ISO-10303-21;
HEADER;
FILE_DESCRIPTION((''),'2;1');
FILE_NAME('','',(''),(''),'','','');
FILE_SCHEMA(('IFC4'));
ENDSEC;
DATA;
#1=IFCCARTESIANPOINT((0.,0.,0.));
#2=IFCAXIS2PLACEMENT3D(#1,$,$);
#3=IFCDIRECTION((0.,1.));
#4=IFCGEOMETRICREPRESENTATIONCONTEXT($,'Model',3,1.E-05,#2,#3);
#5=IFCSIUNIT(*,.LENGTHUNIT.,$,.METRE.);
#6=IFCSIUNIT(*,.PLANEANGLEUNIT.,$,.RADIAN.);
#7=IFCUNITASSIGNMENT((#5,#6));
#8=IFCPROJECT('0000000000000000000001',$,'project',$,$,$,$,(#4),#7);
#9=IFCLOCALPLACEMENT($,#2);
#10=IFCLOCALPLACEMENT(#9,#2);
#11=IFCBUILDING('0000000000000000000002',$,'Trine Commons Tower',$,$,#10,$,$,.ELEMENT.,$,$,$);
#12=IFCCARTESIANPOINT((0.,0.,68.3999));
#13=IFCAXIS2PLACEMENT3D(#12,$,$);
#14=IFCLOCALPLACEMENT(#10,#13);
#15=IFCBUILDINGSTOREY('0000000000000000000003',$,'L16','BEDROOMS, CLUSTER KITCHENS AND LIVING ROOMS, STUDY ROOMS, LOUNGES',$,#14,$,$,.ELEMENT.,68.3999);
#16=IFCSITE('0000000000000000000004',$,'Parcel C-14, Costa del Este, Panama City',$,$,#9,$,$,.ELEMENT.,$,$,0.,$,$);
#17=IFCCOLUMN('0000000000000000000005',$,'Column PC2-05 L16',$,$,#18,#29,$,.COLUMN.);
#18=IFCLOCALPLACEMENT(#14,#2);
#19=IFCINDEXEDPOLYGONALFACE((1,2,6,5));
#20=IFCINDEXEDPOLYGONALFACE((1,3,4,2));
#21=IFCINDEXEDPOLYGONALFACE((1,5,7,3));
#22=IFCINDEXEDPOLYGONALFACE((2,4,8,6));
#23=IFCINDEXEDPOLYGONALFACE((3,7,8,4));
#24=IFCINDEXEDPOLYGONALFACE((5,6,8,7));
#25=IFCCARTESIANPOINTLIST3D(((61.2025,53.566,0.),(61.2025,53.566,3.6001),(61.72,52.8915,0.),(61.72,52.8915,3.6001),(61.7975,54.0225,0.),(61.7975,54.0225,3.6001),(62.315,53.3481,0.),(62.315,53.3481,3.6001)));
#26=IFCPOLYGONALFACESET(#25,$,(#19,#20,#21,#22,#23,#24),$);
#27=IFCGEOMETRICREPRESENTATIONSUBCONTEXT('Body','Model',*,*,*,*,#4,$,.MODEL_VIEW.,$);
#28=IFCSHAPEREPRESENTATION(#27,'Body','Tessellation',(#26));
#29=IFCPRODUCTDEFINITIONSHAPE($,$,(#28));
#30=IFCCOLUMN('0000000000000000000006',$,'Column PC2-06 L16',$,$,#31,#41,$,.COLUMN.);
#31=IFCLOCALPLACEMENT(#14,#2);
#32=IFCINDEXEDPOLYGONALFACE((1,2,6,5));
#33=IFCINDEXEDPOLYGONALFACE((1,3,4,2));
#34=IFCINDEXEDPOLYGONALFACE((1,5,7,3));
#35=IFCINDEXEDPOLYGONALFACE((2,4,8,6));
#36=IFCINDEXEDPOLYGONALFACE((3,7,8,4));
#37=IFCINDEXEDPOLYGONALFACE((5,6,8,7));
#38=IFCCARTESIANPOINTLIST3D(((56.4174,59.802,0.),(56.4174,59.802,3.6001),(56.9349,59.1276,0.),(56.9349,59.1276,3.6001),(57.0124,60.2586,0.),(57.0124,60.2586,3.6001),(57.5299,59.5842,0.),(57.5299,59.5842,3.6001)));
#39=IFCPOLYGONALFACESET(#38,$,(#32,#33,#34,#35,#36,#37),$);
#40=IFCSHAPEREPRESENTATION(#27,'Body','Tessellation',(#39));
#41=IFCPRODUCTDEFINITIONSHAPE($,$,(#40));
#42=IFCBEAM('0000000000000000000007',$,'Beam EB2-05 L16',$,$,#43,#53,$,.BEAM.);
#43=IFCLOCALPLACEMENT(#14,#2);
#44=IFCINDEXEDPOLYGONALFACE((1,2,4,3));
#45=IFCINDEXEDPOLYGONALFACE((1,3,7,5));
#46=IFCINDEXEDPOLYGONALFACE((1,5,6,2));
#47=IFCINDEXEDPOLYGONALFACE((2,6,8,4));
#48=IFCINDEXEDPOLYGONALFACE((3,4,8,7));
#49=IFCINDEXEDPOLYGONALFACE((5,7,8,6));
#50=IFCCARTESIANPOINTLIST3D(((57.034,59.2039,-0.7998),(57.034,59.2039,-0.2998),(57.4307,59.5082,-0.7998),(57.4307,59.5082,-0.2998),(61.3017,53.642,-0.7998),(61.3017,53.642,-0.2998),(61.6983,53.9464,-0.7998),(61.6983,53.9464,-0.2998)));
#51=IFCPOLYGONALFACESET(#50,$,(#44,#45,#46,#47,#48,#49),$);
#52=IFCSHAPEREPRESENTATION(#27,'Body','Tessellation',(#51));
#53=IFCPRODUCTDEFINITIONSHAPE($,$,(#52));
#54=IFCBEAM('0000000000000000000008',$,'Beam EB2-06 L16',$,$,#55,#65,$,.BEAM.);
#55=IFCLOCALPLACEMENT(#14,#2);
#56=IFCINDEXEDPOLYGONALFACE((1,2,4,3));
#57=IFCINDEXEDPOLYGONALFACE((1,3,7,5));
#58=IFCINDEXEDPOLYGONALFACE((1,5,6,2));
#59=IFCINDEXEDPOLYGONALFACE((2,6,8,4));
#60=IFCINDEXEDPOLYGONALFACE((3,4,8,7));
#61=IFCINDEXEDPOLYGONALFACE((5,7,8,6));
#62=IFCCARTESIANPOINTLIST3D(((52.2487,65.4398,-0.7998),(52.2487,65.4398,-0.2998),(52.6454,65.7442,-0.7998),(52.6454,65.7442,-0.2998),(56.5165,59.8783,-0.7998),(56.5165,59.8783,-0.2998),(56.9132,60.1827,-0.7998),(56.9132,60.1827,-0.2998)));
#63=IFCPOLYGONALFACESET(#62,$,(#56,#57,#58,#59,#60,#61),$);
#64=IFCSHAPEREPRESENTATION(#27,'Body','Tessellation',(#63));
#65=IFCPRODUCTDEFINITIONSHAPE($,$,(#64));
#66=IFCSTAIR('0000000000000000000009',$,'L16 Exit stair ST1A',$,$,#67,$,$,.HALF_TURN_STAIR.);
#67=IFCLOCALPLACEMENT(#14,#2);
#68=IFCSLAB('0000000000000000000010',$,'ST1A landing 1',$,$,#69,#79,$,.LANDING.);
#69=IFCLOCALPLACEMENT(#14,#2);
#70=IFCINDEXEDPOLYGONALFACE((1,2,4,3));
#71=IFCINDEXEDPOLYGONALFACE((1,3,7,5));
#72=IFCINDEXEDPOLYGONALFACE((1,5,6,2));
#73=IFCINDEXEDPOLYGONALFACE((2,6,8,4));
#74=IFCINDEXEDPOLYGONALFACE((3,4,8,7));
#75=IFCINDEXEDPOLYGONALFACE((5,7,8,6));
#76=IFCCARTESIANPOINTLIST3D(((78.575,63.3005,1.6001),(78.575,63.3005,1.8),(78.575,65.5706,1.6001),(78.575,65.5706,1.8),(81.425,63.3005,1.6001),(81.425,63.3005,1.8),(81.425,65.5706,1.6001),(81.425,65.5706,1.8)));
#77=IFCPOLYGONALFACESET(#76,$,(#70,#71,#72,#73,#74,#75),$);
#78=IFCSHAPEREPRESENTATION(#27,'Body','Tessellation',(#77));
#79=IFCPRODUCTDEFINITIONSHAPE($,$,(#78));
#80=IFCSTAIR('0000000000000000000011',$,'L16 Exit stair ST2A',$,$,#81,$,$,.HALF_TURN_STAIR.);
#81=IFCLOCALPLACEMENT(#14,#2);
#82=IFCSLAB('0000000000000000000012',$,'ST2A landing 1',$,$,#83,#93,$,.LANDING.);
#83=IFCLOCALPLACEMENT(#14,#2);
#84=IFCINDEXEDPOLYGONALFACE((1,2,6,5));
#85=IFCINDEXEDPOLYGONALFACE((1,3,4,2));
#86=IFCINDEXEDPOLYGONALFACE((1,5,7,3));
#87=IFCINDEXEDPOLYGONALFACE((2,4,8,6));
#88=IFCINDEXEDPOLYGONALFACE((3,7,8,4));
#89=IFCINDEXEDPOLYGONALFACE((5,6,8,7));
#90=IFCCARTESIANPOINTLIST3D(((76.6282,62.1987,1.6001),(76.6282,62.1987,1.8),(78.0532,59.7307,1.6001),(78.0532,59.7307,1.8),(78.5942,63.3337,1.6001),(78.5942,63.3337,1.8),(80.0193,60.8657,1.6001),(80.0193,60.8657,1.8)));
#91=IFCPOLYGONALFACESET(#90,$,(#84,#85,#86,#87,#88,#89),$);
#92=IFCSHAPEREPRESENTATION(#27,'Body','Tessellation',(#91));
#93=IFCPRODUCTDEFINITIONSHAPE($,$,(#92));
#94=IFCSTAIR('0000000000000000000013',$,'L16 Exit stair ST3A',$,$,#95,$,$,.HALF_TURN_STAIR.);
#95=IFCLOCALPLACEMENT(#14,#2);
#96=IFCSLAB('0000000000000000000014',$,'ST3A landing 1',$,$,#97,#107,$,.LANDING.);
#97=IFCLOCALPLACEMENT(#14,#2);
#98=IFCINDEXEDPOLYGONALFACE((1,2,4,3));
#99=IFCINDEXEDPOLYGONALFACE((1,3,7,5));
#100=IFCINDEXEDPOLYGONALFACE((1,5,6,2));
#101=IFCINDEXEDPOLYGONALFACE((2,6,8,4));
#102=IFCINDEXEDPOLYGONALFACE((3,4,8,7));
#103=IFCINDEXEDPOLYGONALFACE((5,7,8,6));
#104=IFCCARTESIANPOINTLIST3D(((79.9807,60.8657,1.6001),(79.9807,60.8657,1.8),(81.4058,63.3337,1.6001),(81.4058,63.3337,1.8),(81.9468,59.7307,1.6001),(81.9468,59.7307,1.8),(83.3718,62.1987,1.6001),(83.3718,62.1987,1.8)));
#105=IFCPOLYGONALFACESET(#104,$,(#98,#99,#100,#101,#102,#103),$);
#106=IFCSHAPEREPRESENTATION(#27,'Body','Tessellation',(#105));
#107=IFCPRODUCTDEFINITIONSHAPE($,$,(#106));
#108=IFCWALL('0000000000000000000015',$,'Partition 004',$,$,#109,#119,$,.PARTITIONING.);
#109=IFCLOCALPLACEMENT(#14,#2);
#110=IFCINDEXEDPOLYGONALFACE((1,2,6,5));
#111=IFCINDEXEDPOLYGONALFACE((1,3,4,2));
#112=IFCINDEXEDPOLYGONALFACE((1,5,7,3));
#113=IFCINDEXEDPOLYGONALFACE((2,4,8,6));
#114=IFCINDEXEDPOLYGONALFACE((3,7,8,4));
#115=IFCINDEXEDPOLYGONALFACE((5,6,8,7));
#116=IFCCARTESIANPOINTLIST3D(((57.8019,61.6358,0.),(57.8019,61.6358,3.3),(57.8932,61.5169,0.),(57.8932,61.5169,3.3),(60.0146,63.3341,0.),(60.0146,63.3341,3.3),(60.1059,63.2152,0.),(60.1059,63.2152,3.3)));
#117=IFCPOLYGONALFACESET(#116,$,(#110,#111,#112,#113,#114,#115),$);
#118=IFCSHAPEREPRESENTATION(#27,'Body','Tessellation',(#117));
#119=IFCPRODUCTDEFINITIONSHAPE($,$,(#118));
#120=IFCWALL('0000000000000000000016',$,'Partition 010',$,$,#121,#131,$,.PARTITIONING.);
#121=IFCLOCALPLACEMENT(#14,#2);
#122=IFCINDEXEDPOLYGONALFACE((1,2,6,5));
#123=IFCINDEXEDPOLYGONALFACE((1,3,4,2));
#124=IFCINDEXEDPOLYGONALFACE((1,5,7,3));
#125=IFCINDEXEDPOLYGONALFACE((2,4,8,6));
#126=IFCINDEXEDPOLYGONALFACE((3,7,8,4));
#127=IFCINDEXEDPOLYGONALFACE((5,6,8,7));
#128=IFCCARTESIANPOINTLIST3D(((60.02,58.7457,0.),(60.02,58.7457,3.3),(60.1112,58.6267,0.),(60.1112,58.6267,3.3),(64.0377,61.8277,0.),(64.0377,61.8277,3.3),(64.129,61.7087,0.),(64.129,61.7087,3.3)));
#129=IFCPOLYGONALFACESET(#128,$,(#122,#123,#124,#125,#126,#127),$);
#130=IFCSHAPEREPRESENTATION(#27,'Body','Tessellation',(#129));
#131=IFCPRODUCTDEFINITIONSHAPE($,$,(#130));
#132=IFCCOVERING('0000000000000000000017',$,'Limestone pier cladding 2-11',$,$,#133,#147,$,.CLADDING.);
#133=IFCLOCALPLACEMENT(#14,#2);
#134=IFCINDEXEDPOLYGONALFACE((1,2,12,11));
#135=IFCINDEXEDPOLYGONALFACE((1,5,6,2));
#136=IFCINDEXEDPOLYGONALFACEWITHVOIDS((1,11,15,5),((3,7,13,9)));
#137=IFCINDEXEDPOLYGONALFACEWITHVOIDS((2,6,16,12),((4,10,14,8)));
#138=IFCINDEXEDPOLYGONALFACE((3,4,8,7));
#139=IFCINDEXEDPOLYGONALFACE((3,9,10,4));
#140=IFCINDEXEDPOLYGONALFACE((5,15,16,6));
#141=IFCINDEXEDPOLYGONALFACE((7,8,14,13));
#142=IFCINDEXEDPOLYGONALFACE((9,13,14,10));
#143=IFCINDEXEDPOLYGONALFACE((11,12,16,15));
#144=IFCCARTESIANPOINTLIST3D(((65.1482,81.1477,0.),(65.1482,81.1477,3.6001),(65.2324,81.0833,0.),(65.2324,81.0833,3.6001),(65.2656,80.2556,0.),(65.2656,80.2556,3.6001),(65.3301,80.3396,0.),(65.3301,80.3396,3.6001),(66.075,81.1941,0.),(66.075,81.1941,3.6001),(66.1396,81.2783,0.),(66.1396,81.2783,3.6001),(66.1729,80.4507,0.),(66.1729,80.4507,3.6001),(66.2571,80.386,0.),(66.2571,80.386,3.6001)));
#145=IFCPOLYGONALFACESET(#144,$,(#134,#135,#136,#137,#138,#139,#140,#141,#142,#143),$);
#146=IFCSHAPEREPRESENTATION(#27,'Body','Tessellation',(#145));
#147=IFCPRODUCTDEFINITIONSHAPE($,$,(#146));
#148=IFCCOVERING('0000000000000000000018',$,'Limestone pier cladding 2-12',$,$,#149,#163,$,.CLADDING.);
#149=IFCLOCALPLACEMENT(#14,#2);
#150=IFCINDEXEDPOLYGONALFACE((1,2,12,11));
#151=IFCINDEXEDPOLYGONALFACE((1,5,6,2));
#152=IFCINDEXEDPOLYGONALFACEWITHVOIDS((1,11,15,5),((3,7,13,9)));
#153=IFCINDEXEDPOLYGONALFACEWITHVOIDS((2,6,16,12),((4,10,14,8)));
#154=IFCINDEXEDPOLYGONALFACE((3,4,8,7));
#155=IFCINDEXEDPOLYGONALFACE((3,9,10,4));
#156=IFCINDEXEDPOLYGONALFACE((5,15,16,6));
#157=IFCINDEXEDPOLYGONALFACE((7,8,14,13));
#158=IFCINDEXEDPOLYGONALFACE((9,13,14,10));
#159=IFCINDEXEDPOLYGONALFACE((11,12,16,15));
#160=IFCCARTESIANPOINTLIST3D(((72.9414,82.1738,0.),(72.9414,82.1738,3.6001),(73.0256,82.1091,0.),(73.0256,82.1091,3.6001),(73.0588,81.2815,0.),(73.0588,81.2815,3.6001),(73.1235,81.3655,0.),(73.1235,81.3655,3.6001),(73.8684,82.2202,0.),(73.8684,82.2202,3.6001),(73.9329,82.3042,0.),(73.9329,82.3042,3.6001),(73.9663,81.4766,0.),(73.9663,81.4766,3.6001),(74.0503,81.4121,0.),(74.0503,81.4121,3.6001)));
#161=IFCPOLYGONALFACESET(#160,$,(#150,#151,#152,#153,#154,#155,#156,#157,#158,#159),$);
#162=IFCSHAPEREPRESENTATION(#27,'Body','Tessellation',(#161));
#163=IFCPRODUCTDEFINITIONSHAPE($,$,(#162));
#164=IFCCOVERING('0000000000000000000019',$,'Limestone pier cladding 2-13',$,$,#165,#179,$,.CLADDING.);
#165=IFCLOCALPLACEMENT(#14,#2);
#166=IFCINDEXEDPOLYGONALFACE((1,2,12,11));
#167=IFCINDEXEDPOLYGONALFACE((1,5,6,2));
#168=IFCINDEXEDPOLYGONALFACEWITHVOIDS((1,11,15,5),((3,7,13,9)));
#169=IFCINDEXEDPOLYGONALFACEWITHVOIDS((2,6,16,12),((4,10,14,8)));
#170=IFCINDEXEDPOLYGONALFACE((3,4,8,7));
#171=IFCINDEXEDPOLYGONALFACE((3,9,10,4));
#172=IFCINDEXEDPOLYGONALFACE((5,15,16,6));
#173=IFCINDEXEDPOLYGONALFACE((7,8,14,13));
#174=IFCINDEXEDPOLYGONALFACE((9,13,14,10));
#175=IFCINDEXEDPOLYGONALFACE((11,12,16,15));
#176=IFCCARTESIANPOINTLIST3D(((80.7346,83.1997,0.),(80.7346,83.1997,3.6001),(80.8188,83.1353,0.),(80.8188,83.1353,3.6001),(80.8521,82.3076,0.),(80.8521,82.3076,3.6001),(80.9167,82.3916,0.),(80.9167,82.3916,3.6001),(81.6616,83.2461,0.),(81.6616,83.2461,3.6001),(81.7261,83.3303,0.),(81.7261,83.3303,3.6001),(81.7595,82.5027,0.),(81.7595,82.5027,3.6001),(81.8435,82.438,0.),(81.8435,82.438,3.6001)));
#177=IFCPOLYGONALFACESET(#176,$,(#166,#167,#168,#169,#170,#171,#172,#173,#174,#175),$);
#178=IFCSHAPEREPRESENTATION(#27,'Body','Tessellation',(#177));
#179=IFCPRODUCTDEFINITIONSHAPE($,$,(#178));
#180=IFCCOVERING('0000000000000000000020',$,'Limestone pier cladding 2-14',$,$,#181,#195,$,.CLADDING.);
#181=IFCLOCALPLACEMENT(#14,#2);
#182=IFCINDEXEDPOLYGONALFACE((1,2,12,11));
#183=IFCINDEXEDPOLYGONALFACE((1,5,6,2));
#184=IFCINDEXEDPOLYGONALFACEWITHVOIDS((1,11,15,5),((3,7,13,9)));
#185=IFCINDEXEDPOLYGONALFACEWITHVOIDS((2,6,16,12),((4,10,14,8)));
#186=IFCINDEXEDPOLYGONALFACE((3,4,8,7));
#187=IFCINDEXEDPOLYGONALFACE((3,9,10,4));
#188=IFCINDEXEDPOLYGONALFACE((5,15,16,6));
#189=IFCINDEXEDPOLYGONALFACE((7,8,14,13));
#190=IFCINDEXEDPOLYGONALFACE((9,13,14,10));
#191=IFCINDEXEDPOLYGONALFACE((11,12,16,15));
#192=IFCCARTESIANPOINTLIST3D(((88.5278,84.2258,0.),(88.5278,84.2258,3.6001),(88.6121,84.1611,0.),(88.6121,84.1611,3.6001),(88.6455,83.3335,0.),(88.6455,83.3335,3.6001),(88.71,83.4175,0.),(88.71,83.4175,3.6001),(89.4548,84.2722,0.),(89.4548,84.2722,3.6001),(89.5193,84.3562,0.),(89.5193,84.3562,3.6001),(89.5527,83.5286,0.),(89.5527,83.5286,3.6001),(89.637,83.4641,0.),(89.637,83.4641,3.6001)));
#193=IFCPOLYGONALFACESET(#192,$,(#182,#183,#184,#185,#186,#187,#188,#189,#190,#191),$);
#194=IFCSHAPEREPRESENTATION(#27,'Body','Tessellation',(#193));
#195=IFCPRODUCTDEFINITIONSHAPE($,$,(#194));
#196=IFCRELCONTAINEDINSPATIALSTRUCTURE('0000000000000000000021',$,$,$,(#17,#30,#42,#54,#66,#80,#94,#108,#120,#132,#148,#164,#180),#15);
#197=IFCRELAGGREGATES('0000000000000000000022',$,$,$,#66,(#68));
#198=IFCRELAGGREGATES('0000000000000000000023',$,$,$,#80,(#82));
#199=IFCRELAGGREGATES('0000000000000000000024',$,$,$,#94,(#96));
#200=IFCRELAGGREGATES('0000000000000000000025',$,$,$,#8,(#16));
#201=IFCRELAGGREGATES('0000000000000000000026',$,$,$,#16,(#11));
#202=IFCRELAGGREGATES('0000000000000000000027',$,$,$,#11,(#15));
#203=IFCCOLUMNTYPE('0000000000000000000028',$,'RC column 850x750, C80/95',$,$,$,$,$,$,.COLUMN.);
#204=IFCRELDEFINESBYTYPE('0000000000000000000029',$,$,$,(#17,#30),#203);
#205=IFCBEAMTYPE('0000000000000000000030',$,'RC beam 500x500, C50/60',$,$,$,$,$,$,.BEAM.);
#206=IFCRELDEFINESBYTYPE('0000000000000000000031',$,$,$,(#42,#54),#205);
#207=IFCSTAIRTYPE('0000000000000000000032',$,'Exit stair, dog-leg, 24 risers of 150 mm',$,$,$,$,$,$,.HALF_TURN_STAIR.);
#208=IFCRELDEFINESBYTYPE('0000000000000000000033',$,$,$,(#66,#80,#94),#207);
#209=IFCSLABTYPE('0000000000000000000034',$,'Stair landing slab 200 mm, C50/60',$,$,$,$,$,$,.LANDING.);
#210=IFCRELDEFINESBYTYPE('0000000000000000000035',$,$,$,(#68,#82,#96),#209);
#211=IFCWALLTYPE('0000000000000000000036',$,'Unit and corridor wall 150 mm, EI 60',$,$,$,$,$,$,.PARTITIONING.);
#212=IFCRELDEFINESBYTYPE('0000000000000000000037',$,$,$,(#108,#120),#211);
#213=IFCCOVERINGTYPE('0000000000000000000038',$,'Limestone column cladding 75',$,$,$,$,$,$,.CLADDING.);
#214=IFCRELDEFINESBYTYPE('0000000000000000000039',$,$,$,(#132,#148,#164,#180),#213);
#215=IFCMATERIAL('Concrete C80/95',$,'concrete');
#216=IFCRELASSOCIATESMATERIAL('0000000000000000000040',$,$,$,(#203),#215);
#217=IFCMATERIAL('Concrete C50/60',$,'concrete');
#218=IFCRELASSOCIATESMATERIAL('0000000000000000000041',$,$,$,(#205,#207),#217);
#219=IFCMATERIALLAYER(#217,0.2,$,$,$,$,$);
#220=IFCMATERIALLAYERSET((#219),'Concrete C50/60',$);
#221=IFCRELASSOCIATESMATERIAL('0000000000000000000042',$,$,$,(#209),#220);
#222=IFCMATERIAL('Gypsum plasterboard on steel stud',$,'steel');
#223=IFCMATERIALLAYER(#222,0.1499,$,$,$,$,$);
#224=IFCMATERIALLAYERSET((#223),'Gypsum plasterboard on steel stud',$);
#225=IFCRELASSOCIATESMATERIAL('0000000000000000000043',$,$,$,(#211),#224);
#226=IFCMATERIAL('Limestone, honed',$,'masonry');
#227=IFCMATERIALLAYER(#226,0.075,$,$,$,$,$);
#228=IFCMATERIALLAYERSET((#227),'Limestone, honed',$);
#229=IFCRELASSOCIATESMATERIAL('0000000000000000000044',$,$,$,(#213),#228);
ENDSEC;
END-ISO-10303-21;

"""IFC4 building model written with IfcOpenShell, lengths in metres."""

from ifc_helpers import new_model, si_unit, direction, frame, frame_2d, origin, origin_2d, place, context, subcontext, project, spatial, polyline, rectangle, outline, extrude, material, layer, layer_set, material_profile, profile_set, type_object, element, aggregate, save


model = new_model("IFC4")

# Units and contexts
model_context = context("Model", 3, precision=1e-05, world=origin(), true_north=direction((0.0, 1.0)))
body_context = subcontext(model_context, "Body", "Model", "MODEL_VIEW")
ifc_project = project(units=[si_unit("LENGTHUNIT", "METRE"), si_unit("PLANEANGLEUNIT", "RADIAN")], contexts=[model_context])

# Site, building, storey
site_placement = place(None, origin())
site = spatial("IfcSite", under=ifc_project, at=site_placement, Name="Parcel C-14, Costa del Este, Panama City", CompositionType="ELEMENT", RefElevation=0.0)
building_placement = place(site_placement, origin())
building = spatial("IfcBuilding", under=site, at=building_placement, Name="Trine Commons Tower", CompositionType="ELEMENT")
storey_placement = place(building_placement, frame((0.0, 0.0, 68.3999)))
storey = spatial("IfcBuildingStorey", under=building, at=storey_placement, Name="L16", Description="BEDROOMS, CLUSTER KITCHENS AND LIVING ROOMS, STUDY ROOMS, LOUNGES", CompositionType="ELEMENT", Elevation=68.3999)

# Columns
ifc_material_1 = material(Name="Concrete C80/95", Category="concrete")
ifc_material_profile_1 = material_profile(ifc_material_1, rectangle(XDim=0.8501, YDim=0.75, at=origin_2d()), Name="RC 850x750")
ifc_profile_set_1 = profile_set([ifc_material_profile_1], Name="Concrete C80/95")
column_type = type_object("IfcColumnType", Name="RC column 850x750, C80/95", PredefinedType="COLUMN", material=ifc_profile_set_1)
for number, where, z_axis, x_axis, name in (
    (1, (61.7588, 53.457, 0.0), (0.0, 0.0, 1.0), (-0.608761, 0.793353, 0.0), "Column PC2-05 L16"),
    (2, (56.9736, 59.6931, 0.0), (0.0, 0.0, 1.0), (-0.608761, 0.793353, 0.0), "Column PC2-06 L16"),
):
    element("IfcColumn", number, at=place(storey_placement, frame(where, z_axis=z_axis, x_axis=x_axis)), inside=storey, type_object=column_type, Name=name, PredefinedType="COLUMN", context=body_context, shape_type="SweptSolid", body=[
        extrude(rectangle(XDim=0.8501, YDim=0.75, at=origin_2d()), origin(), (0.0, 0.0, 1.0), 3.6001),
    ])

# Beams
ifc_material_2 = material(Name="Concrete C50/60", Category="concrete")
ifc_material_profile_2 = material_profile(ifc_material_2, rectangle(XDim=0.5, YDim=0.5, at=origin_2d()), Name="RC 500x500")
ifc_profile_set_2 = profile_set([ifc_material_profile_2], Name="Concrete C50/60")
beam_type = type_object("IfcBeamType", Name="RC beam 500x500, C50/60", PredefinedType="BEAM", material=ifc_profile_set_2)
beam_1_placement = place(storey_placement, frame((61.5, 53.7942, -0.5498), z_axis=(-0.608751, 0.793361, 0.0), x_axis=(-0.793361, -0.608751, 0.0)))
element("IfcBeam", 3, at=beam_1_placement, inside=storey, type_object=beam_type, Name="Beam EB2-05 L16", PredefinedType="BEAM", context=body_context, shape_type="SweptSolid", body=[
    extrude(rectangle(XDim=0.5, YDim=0.5, at=origin_2d()), origin(), (0.0, 0.0, 1.0), 7.0105),
])
beam_2_placement = place(storey_placement, frame((56.7148, 60.0305, -0.5498), z_axis=(-0.60879, 0.793332, 0.0), x_axis=(-0.793332, -0.60879, 0.0)))
element("IfcBeam", 4, at=beam_2_placement, inside=storey, type_object=beam_type, Name="Beam EB2-06 L16", PredefinedType="BEAM", context=body_context, shape_type="SweptSolid", body=[
    extrude(rectangle(XDim=0.5, YDim=0.5, at=origin_2d()), origin(), (0.0, 0.0, 1.0), 7.0103),
])

# Stairs, slabs
stair_type = type_object("IfcStairType", Name="Exit stair, dog-leg, 24 risers of 150 mm", PredefinedType="HALF_TURN_STAIR", material=ifc_material_2)
stair_1_placement = place(storey_placement, origin())
stair_1 = element("IfcStair", 5, at=stair_1_placement, inside=storey, type_object=stair_type, Name="L16 Exit stair ST1A", PredefinedType="HALF_TURN_STAIR")
ifc_layer_1 = layer(ifc_material_2, 0.2)
ifc_layer_set_1 = layer_set([ifc_layer_1], Name="Concrete C50/60")
slab_type = type_object("IfcSlabType", Name="Stair landing slab 200 mm, C50/60", PredefinedType="LANDING", material=ifc_layer_set_1)
slab_1_placement = place(storey_placement, frame((0.0, 0.0, 1.6001)))
slab_1 = element("IfcSlab", 6, at=slab_1_placement, type_object=slab_type, Name="ST1A landing 1", PredefinedType="LANDING", context=body_context, shape_type="SweptSolid", body=[
    extrude(outline(polyline([(78.575, 65.5706), (78.575, 63.3005), (81.425, 63.3005), (81.425, 65.5706), (78.575, 65.5706)])), origin(), (0.0, 0.0, 1.0), 0.2),
])
aggregate(stair_1, [slab_1])
stair_2_placement = place(storey_placement, origin())
stair_2 = element("IfcStair", 7, at=stair_2_placement, inside=storey, type_object=stair_type, Name="L16 Exit stair ST2A", PredefinedType="HALF_TURN_STAIR")
slab_2_placement = place(storey_placement, frame((0.0, 0.0, 1.6001)))
slab_2 = element("IfcSlab", 8, at=slab_2_placement, type_object=slab_type, Name="ST2A landing 1", PredefinedType="LANDING", context=body_context, shape_type="SweptSolid", body=[
    extrude(outline(polyline([(78.0532, 59.7307), (80.0193, 60.8657), (78.5942, 63.3337), (76.6282, 62.1987), (78.0532, 59.7307)])), origin(), (0.0, 0.0, 1.0), 0.2),
])
aggregate(stair_2, [slab_2])
stair_3_placement = place(storey_placement, origin())
stair_3 = element("IfcStair", 9, at=stair_3_placement, inside=storey, type_object=stair_type, Name="L16 Exit stair ST3A", PredefinedType="HALF_TURN_STAIR")
slab_3_placement = place(storey_placement, frame((0.0, 0.0, 1.6001)))
slab_3 = element("IfcSlab", 10, at=slab_3_placement, type_object=slab_type, Name="ST3A landing 1", PredefinedType="LANDING", context=body_context, shape_type="SweptSolid", body=[
    extrude(outline(polyline([(83.3718, 62.1987), (81.4058, 63.3337), (79.9807, 60.8657), (81.9468, 59.7307), (83.3718, 62.1987)])), origin(), (0.0, 0.0, 1.0), 0.2),
])
aggregate(stair_3, [slab_3])

# Walls
ifc_material_3 = material(Name="Gypsum plasterboard on steel stud", Category="steel")
ifc_layer_2 = layer(ifc_material_3, 0.1499)
ifc_layer_set_2 = layer_set([ifc_layer_2], Name="Gypsum plasterboard on steel stud")
wall_type = type_object("IfcWallType", Name="Unit and corridor wall 150 mm, EI 60", PredefinedType="PARTITIONING", material=ifc_layer_set_2)
wall_1_placement = place(storey_placement, frame((57.8477, 61.5764, 0.0), z_axis=(0.0, 0.0, 1.0), x_axis=(0.793281, 0.608856, 0.0)))
element("IfcWall", 11, at=wall_1_placement, inside=storey, type_object=wall_type, Name="Partition 004", PredefinedType="PARTITIONING", context=body_context, shape_type="SweptSolid", body=[
    extrude(rectangle(XDim=2.7893, YDim=0.1499, at=frame_2d((1.3945, 0.0))), origin(), (0.0, 0.0, 1.0), 3.3),
])
wall_2_placement = place(storey_placement, frame((60.0657, 58.6863, 0.0), z_axis=(0.0, 0.0, 1.0), x_axis=(0.793444, 0.608643, 0.0)))
element("IfcWall", 12, at=wall_2_placement, inside=storey, type_object=wall_type, Name="Partition 010", PredefinedType="PARTITIONING", context=body_context, shape_type="SweptSolid", body=[
    extrude(rectangle(XDim=5.0637, YDim=0.1499, at=frame_2d((2.5317, 0.0))), origin(), (0.0, 0.0, 1.0), 3.3),
])

# Coverings
ifc_material_4 = material(Name="Limestone, honed", Category="masonry")
ifc_layer_3 = layer(ifc_material_4, 0.075)
ifc_layer_set_3 = layer_set([ifc_layer_3], Name="Limestone, honed")
covering_type_1 = type_object("IfcCoveringType", Name="Limestone column cladding 75", PredefinedType="CLADDING", material=ifc_layer_set_3)
covering_1_placement = place(storey_placement, origin())
element("IfcCovering", 13, at=covering_1_placement, inside=storey, type_object=covering_type_1, Name="Limestone pier cladding 2-11", PredefinedType="CLADDING", context=body_context, shape_type="SweptSolid", body=[
    extrude(outline(polyline([(66.2571, 80.386), (66.1396, 81.2783), (65.1482, 81.1477), (65.2656, 80.2556), (66.2571, 80.386)]), holes=[polyline([(66.1729, 80.4507), (66.075, 81.1941), (65.2324, 81.0833), (65.3301, 80.3396), (66.1729, 80.4507)])]), origin(), (0.0, 0.0, 1.0), 3.6001),
])
covering_2_placement = place(storey_placement, origin())
element("IfcCovering", 14, at=covering_2_placement, inside=storey, type_object=covering_type_1, Name="Limestone pier cladding 2-12", PredefinedType="CLADDING", context=body_context, shape_type="SweptSolid", body=[
    extrude(outline(polyline([(74.0503, 81.4121), (73.9329, 82.3042), (72.9414, 82.1738), (73.0588, 81.2815), (74.0503, 81.4121)]), holes=[polyline([(73.9663, 81.4766), (73.8684, 82.2202), (73.0256, 82.1091), (73.1235, 81.3655), (73.9663, 81.4766)])]), origin(), (0.0, 0.0, 1.0), 3.6001),
])
covering_3_placement = place(storey_placement, origin())
element("IfcCovering", 15, at=covering_3_placement, inside=storey, type_object=covering_type_1, Name="Limestone pier cladding 2-13", PredefinedType="CLADDING", context=body_context, shape_type="SweptSolid", body=[
    extrude(outline(polyline([(81.8435, 82.438), (81.7261, 83.3303), (80.7346, 83.1997), (80.8521, 82.3076), (81.8435, 82.438)]), holes=[polyline([(81.7595, 82.5027), (81.6616, 83.2461), (80.8188, 83.1353), (80.9167, 82.3916), (81.7595, 82.5027)])]), origin(), (0.0, 0.0, 1.0), 3.6001),
])
covering_4_placement = place(storey_placement, origin())
element("IfcCovering", 16, at=covering_4_placement, inside=storey, type_object=covering_type_1, Name="Limestone pier cladding 2-14", PredefinedType="CLADDING", context=body_context, shape_type="SweptSolid", body=[
    extrude(outline(polyline([(89.637, 83.4641), (89.5193, 84.3562), (88.5278, 84.2258), (88.6455, 83.3335), (89.637, 83.4641)]), holes=[polyline([(89.5527, 83.5286), (89.4548, 84.2722), (88.6121, 84.1611), (88.71, 83.4175), (89.5527, 83.5286)])]), origin(), (0.0, 0.0, 1.0), 3.6001),
])

save(model, "model.ifc")
